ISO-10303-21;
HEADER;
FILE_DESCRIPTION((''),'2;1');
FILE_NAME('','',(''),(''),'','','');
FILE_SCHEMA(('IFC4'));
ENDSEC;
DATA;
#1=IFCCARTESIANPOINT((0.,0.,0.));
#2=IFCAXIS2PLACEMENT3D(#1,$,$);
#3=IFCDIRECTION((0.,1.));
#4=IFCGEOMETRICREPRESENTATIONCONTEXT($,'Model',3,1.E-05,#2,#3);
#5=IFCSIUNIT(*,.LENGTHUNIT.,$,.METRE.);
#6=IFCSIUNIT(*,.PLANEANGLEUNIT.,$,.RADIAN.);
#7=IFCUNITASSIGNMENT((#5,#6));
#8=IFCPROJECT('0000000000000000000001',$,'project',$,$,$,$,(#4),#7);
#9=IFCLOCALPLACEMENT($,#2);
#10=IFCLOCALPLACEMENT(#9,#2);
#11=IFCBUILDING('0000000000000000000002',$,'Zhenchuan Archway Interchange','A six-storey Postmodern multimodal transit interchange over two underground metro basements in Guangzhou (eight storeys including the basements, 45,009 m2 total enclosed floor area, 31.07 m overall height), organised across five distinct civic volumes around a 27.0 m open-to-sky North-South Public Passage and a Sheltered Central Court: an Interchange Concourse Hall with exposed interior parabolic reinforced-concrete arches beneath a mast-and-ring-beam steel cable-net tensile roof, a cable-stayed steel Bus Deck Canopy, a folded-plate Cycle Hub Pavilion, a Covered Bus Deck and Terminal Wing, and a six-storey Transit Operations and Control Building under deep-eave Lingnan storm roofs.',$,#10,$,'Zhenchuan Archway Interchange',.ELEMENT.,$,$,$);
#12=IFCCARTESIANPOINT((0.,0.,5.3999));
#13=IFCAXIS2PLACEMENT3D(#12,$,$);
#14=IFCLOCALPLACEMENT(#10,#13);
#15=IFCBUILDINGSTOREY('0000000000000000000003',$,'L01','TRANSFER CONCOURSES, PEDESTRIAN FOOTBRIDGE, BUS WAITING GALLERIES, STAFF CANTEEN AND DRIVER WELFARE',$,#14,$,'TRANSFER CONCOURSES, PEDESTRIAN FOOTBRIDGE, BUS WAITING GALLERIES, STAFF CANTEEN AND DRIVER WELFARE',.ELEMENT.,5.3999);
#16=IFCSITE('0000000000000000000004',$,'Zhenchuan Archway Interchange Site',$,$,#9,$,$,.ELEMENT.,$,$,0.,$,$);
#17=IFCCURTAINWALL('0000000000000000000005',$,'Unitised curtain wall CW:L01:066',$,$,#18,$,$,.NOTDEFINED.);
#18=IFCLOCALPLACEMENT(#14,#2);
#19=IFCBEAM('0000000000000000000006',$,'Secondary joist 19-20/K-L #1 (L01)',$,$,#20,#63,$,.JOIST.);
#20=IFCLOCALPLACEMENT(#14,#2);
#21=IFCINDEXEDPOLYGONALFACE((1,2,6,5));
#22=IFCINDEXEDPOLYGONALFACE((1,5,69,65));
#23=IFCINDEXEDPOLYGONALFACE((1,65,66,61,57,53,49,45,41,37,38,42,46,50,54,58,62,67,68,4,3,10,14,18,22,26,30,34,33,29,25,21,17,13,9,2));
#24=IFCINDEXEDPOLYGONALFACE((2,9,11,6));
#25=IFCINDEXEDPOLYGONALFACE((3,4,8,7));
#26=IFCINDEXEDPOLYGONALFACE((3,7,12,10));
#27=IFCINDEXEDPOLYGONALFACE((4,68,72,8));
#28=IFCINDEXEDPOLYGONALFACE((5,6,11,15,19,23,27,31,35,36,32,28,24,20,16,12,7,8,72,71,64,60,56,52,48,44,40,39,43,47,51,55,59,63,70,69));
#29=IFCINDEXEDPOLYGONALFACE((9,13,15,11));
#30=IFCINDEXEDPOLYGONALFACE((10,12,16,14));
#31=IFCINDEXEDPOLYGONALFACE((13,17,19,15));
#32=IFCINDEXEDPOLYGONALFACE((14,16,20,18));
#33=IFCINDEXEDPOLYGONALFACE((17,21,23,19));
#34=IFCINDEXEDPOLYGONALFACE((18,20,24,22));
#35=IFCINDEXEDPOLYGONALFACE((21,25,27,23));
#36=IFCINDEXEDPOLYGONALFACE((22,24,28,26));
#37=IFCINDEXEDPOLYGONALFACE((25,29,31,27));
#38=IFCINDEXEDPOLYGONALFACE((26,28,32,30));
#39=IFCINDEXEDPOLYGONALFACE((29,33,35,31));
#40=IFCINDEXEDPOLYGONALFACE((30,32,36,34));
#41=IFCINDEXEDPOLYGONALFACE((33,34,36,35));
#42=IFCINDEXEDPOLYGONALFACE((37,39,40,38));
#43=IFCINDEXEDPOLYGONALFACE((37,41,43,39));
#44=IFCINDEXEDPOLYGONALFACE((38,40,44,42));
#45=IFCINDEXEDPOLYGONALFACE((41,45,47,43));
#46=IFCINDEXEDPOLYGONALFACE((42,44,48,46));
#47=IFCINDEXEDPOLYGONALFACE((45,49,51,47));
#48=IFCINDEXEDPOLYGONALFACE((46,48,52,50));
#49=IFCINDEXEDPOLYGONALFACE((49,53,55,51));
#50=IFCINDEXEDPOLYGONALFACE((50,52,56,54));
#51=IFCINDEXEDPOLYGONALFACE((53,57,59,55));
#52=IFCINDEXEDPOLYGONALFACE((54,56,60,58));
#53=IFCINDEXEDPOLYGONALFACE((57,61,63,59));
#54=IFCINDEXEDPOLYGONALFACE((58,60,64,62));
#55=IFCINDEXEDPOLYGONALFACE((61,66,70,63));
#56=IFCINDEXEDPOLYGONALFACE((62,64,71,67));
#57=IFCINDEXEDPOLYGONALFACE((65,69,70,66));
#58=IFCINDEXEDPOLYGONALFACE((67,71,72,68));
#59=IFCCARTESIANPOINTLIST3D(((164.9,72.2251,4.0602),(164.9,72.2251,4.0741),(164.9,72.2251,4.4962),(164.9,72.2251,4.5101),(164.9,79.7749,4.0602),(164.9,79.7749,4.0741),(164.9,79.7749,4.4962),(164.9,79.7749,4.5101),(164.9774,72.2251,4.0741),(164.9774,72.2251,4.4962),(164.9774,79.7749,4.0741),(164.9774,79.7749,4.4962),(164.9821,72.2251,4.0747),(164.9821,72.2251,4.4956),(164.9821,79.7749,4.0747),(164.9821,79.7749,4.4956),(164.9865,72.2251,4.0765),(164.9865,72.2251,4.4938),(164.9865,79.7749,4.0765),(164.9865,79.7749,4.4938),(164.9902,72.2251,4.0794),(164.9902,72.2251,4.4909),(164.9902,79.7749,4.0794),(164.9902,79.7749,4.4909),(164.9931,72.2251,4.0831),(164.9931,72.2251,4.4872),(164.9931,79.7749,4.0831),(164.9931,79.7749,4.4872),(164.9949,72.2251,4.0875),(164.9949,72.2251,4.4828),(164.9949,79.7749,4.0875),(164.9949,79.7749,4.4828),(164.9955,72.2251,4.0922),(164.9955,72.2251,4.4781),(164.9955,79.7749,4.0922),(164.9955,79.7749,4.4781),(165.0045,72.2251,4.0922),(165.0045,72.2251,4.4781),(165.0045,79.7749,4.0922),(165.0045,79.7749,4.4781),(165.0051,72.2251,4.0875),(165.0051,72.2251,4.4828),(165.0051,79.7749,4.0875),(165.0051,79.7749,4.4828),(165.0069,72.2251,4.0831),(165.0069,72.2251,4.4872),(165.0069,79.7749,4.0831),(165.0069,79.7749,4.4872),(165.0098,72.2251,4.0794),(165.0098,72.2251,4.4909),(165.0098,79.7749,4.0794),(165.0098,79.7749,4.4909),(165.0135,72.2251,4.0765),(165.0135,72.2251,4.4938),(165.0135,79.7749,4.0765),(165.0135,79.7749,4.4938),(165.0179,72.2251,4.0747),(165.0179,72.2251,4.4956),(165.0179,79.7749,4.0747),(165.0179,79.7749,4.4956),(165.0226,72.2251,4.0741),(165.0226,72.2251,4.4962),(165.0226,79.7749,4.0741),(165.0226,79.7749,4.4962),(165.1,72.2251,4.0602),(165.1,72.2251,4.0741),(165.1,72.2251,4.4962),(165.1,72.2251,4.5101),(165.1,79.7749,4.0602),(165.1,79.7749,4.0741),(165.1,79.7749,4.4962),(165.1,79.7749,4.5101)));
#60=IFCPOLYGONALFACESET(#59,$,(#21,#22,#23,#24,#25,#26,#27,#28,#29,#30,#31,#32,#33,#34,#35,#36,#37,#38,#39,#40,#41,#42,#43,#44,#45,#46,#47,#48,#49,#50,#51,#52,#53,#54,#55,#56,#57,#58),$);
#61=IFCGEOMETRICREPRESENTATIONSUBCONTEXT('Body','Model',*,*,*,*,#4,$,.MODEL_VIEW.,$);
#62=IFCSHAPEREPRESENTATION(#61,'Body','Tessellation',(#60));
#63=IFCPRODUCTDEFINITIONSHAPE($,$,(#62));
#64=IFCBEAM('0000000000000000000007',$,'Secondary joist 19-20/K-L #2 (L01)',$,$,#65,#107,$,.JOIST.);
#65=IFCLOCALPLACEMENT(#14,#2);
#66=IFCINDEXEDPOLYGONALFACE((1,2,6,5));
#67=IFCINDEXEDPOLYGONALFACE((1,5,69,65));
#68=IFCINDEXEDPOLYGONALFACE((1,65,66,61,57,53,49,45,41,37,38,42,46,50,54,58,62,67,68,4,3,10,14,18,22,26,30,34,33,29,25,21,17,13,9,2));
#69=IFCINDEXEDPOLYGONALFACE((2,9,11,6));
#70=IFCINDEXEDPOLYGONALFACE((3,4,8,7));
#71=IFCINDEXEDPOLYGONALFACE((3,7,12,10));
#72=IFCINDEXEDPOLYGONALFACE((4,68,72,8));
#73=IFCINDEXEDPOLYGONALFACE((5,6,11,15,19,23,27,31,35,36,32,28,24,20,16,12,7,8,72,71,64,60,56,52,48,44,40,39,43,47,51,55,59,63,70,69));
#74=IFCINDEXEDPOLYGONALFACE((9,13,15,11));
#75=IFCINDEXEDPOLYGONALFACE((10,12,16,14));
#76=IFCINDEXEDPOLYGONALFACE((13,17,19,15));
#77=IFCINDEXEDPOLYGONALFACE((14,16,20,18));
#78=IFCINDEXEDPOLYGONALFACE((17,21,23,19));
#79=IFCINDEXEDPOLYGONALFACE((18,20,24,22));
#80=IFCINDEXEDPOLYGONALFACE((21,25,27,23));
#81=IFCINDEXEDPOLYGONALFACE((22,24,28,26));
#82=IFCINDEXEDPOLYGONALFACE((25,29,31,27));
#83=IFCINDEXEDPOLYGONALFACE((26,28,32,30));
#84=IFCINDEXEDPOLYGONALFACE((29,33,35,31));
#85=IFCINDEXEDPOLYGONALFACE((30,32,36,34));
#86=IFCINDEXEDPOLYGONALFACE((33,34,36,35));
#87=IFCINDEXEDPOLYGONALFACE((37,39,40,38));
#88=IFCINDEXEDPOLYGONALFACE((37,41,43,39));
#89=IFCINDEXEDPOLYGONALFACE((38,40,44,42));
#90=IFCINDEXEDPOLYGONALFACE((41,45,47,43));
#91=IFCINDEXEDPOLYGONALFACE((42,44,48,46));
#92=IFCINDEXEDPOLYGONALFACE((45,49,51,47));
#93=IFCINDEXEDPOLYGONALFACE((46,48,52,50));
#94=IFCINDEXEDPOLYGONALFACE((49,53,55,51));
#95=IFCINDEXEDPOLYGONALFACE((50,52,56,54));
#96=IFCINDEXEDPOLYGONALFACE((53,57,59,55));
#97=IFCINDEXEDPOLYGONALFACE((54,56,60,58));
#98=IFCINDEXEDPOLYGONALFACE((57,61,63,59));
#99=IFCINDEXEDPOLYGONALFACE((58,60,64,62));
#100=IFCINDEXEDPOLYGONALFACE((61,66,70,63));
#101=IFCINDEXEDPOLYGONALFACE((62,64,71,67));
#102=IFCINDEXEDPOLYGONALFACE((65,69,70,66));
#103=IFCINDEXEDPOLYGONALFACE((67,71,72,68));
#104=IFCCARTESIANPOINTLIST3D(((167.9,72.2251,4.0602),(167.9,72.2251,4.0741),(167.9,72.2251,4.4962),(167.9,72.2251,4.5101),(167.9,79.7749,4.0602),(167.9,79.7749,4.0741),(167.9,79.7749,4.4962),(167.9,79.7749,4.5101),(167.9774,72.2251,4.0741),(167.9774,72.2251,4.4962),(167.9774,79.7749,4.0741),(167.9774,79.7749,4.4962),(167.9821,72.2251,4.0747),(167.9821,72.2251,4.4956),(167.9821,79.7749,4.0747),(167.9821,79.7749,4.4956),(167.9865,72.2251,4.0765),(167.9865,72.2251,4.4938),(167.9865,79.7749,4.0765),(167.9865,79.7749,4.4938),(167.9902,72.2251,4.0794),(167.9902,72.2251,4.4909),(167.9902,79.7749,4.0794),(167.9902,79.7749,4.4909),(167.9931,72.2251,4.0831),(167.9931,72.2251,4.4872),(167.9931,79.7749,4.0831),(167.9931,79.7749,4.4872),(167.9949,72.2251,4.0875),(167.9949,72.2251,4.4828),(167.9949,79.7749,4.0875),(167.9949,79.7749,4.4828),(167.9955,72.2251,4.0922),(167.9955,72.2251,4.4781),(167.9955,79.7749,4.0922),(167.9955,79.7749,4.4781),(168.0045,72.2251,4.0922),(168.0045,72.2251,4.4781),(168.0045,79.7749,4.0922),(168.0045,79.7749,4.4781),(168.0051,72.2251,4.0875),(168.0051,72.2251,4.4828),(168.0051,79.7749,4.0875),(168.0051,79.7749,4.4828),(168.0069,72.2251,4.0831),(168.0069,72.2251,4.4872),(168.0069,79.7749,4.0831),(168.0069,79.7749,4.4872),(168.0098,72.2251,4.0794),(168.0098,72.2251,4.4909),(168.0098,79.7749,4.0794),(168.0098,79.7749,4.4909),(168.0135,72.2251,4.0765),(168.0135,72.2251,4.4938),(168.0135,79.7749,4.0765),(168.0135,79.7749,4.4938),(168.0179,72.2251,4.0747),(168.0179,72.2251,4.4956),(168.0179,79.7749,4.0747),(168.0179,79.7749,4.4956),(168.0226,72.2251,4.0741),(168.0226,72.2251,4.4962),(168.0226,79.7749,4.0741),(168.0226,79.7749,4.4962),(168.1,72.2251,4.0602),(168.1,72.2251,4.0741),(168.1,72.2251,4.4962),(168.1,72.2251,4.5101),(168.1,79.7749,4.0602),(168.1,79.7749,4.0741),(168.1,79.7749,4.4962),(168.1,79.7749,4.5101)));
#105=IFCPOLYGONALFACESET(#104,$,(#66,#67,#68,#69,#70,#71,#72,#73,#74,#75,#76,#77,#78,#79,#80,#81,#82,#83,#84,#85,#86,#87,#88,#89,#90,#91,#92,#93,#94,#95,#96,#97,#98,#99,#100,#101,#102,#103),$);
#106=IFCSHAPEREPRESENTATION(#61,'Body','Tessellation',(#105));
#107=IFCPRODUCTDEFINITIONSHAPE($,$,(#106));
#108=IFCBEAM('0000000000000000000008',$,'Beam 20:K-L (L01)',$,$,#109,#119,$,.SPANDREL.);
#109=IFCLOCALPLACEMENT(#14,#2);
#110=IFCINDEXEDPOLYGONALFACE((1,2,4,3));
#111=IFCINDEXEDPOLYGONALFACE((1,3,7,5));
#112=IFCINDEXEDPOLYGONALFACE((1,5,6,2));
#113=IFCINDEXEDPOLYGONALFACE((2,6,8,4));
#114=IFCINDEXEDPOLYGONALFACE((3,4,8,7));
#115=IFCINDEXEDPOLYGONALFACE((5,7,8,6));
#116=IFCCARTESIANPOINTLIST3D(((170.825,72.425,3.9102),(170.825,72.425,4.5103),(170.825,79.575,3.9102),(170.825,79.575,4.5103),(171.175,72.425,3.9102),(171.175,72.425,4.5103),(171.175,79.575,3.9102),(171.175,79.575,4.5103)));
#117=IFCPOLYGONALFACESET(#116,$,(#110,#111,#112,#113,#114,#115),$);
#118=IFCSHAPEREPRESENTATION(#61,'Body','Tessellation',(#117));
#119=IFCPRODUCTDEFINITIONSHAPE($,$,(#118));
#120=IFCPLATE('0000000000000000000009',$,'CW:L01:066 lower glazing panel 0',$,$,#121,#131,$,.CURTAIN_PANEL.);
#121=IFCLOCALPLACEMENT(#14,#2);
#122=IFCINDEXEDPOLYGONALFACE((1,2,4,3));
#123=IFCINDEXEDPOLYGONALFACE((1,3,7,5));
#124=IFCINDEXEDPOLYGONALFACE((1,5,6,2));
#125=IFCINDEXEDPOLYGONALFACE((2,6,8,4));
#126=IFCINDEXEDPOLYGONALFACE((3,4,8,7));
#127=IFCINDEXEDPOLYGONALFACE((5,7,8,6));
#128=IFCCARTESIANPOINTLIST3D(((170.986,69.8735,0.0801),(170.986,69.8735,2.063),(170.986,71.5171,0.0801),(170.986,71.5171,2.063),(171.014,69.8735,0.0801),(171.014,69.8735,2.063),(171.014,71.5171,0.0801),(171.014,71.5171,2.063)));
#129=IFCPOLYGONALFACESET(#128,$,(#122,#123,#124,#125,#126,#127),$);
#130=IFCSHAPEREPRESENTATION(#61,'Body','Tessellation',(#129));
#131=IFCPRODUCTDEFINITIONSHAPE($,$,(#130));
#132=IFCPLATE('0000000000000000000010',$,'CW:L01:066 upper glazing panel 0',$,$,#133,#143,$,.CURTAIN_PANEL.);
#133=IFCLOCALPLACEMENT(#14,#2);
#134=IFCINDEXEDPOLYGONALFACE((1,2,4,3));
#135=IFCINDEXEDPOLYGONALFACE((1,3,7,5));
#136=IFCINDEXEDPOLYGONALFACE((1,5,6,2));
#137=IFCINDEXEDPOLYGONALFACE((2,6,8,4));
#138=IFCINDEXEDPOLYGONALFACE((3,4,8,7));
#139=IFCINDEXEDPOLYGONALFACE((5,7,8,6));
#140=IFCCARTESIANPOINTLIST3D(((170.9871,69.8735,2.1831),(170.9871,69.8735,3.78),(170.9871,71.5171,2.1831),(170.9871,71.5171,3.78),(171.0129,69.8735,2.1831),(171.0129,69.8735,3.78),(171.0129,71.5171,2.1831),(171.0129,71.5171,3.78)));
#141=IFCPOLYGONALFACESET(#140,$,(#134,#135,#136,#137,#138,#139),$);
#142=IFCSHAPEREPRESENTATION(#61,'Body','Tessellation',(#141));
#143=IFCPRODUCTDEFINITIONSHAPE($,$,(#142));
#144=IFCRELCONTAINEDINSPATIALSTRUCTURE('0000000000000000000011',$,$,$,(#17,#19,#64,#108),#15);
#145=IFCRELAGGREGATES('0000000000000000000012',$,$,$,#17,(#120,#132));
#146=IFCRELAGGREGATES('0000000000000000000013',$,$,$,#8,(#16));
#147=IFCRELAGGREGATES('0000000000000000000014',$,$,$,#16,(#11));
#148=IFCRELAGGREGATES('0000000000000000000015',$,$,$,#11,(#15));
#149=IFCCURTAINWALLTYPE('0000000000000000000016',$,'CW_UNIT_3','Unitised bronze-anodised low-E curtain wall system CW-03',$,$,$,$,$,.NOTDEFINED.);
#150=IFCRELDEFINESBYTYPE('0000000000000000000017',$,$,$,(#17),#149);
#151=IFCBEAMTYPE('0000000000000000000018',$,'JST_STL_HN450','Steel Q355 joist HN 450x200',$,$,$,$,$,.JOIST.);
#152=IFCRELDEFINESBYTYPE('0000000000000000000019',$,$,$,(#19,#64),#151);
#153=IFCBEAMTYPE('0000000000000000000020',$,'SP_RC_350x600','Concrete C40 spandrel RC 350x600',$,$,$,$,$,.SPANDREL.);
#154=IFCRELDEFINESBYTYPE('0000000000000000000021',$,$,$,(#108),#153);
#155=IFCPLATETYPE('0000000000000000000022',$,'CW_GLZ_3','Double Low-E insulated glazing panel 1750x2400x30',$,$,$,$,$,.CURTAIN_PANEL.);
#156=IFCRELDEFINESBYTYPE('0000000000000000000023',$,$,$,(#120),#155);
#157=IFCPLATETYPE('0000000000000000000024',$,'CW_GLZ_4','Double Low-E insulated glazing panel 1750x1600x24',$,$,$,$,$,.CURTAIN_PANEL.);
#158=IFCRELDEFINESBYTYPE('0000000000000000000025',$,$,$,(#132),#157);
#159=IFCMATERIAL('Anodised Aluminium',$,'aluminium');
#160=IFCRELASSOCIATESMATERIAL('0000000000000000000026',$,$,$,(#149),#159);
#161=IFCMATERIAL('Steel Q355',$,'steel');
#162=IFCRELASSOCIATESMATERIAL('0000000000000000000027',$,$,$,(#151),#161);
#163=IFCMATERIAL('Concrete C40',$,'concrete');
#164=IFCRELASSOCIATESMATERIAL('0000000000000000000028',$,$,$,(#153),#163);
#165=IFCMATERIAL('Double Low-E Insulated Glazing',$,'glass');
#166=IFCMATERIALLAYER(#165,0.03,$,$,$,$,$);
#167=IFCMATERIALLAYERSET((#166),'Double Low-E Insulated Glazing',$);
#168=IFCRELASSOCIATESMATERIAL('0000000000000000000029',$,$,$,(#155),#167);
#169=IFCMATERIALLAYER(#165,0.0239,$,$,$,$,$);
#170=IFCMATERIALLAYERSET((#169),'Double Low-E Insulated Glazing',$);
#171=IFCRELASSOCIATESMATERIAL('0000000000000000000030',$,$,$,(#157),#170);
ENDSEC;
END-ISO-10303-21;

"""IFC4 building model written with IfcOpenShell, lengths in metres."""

from ifc_helpers import new_model, si_unit, direction, frame, origin, origin_2d, place, context, subcontext, project, spatial, rectangle, i_section, extrude, material, layer, layer_set, material_profile, profile_set, type_object, element, aggregate, save


model = new_model("IFC4")

# Units and contexts
model_context = context("Model", 3, precision=1e-05, world=origin(), true_north=direction((0.0, 1.0)))
body_context = subcontext(model_context, "Body", "Model", "MODEL_VIEW")
ifc_project = project(units=[si_unit("LENGTHUNIT", "METRE"), si_unit("PLANEANGLEUNIT", "RADIAN")], contexts=[model_context])

# Site, building, storey
site_placement = place(None, origin())
site = spatial("IfcSite", under=ifc_project, at=site_placement, Name="Zhenchuan Archway Interchange Site", CompositionType="ELEMENT", RefElevation=0.0)
building_placement = place(site_placement, origin())
building = spatial("IfcBuilding", under=site, at=building_placement, Name="Zhenchuan Archway Interchange", Description="A six-storey Postmodern multimodal transit interchange over two underground metro basements in Guangzhou (eight storeys including the basements, 45,009 m2 total enclosed floor area, 31.07 m overall height), organised across five distinct civic volumes around a 27.0 m open-to-sky North-South Public Passage and a Sheltered Central Court: an Interchange Concourse Hall with exposed interior parabolic reinforced-concrete arches beneath a mast-and-ring-beam steel cable-net tensile roof, a cable-stayed steel Bus Deck Canopy, a folded-plate Cycle Hub Pavilion, a Covered Bus Deck and Terminal Wing, and a six-storey Transit Operations and Control Building under deep-eave Lingnan storm roofs.", LongName="Zhenchuan Archway Interchange", CompositionType="ELEMENT")
storey_placement = place(building_placement, frame((0.0, 0.0, 5.3999)))
storey = spatial("IfcBuildingStorey", under=building, at=storey_placement, Name="L01", Description="TRANSFER CONCOURSES, PEDESTRIAN FOOTBRIDGE, BUS WAITING GALLERIES, STAFF CANTEEN AND DRIVER WELFARE", LongName="TRANSFER CONCOURSES, PEDESTRIAN FOOTBRIDGE, BUS WAITING GALLERIES, STAFF CANTEEN AND DRIVER WELFARE", CompositionType="ELEMENT", Elevation=5.3999)

# Shared definitions
ifc_material_1 = material(Name="Concrete C40", Category="concrete")

# Curtain wall
ifc_material_2 = material(Name="Anodised Aluminium", Category="aluminium")
curtain_wall_type = type_object("IfcCurtainWallType", Name="CW_UNIT_3", Description="Unitised bronze-anodised low-E curtain wall system CW-03", PredefinedType="NOTDEFINED", material=ifc_material_2)
curtain_wall_placement = place(storey_placement, origin())
curtain_wall = element("IfcCurtainWall", 1, at=curtain_wall_placement, inside=storey, type_object=curtain_wall_type, Name="Unitised curtain wall CW:L01:066", PredefinedType="NOTDEFINED")

# Beams
ifc_material_3 = material(Name="Steel Q355", Category="steel")
ifc_material_profile_1 = material_profile(ifc_material_3, i_section(OverallWidth=0.2, OverallDepth=0.45, WebThickness=0.009, FlangeThickness=0.0139, FilletRadius=0.0181, at=origin_2d()), Name="HN 450x200")
ifc_profile_set_1 = profile_set([ifc_material_profile_1], Name="Steel Q355")
beam_type_1 = type_object("IfcBeamType", Name="JST_STL_HN450", Description="Steel Q355 joist HN 450x200", PredefinedType="JOIST", material=ifc_profile_set_1)
for number, where, z_axis, x_axis, name in (
    (2, (165.0, 72.2251, 4.2852), (0.0, 1.0, 0.0), (-1.0, 0.0, 0.0), "Secondary joist 19-20/K-L #1 (L01)"),
    (3, (168.0, 72.2251, 4.2852), (0.0, 1.0, 0.0), (-1.0, 0.0, 0.0), "Secondary joist 19-20/K-L #2 (L01)"),
):
    element("IfcBeam", number, at=place(storey_placement, frame(where, z_axis=z_axis, x_axis=x_axis)), inside=storey, type_object=beam_type_1, Name=name, PredefinedType="JOIST", context=body_context, shape_type="SweptSolid", body=[
        extrude(i_section(OverallWidth=0.2, OverallDepth=0.45, WebThickness=0.009, FlangeThickness=0.0139, FilletRadius=0.0181, at=origin_2d()), origin(), (0.0, 0.0, 1.0), 7.5498),
    ])
ifc_material_profile_2 = material_profile(ifc_material_1, rectangle(XDim=0.3501, YDim=0.6001, at=origin_2d()), Name="RC 350x600")
ifc_profile_set_2 = profile_set([ifc_material_profile_2], Name="Concrete C40")
beam_type_2 = type_object("IfcBeamType", Name="SP_RC_350x600", Description="Concrete C40 spandrel RC 350x600", PredefinedType="SPANDREL", material=ifc_profile_set_2)
beam_placement = place(storey_placement, frame((171.0, 72.425, 4.2102), z_axis=(0.0, 1.0, 0.0), x_axis=(-1.0, 0.0, 0.0)))
element("IfcBeam", 4, at=beam_placement, inside=storey, type_object=beam_type_2, Name="Beam 20:K-L (L01)", PredefinedType="SPANDREL", context=body_context, shape_type="SweptSolid", body=[
    extrude(rectangle(XDim=0.3501, YDim=0.6001, at=origin_2d()), origin(), (0.0, 0.0, 1.0), 7.1499),
])

# Plates
ifc_material_4 = material(Name="Double Low-E Insulated Glazing", Category="glass")
ifc_layer_1 = layer(ifc_material_4, 0.03)
ifc_layer_set_1 = layer_set([ifc_layer_1], Name="Double Low-E Insulated Glazing")
plate_type_1 = type_object("IfcPlateType", Name="CW_GLZ_3", Description="Double Low-E insulated glazing panel 1750x2400x30", PredefinedType="CURTAIN_PANEL", material=ifc_layer_set_1)
plate_1_placement = place(storey_placement, frame((171.0, 70.6953, 0.0801), z_axis=(0.0, 0.0, 1.0), x_axis=(0.0, -1.0, 0.0)))
plate_1 = element("IfcPlate", 5, at=plate_1_placement, type_object=plate_type_1, Name="CW:L01:066 lower glazing panel 0", PredefinedType="CURTAIN_PANEL", context=body_context, shape_type="SweptSolid", body=[
    extrude(rectangle(XDim=1.6436, YDim=0.0281, at=origin_2d()), origin(), (0.0, 0.0, 1.0), 1.9829),
])
ifc_layer_2 = layer(ifc_material_4, 0.0239)
ifc_layer_set_2 = layer_set([ifc_layer_2], Name="Double Low-E Insulated Glazing")
plate_type_2 = type_object("IfcPlateType", Name="CW_GLZ_4", Description="Double Low-E insulated glazing panel 1750x1600x24", PredefinedType="CURTAIN_PANEL", material=ifc_layer_set_2)
plate_2_placement = place(storey_placement, frame((171.0, 70.6953, 2.1831), z_axis=(0.0, 0.0, 1.0), x_axis=(0.0, -1.0, 0.0)))
plate_2 = element("IfcPlate", 6, at=plate_2_placement, type_object=plate_type_2, Name="CW:L01:066 upper glazing panel 0", PredefinedType="CURTAIN_PANEL", context=body_context, shape_type="SweptSolid", body=[
    extrude(rectangle(XDim=1.6436, YDim=0.0259, at=origin_2d()), origin(), (0.0, 0.0, 1.0), 1.5969),
])
aggregate(curtain_wall, [plate_1, plate_2])

save(model, "model.ifc")
